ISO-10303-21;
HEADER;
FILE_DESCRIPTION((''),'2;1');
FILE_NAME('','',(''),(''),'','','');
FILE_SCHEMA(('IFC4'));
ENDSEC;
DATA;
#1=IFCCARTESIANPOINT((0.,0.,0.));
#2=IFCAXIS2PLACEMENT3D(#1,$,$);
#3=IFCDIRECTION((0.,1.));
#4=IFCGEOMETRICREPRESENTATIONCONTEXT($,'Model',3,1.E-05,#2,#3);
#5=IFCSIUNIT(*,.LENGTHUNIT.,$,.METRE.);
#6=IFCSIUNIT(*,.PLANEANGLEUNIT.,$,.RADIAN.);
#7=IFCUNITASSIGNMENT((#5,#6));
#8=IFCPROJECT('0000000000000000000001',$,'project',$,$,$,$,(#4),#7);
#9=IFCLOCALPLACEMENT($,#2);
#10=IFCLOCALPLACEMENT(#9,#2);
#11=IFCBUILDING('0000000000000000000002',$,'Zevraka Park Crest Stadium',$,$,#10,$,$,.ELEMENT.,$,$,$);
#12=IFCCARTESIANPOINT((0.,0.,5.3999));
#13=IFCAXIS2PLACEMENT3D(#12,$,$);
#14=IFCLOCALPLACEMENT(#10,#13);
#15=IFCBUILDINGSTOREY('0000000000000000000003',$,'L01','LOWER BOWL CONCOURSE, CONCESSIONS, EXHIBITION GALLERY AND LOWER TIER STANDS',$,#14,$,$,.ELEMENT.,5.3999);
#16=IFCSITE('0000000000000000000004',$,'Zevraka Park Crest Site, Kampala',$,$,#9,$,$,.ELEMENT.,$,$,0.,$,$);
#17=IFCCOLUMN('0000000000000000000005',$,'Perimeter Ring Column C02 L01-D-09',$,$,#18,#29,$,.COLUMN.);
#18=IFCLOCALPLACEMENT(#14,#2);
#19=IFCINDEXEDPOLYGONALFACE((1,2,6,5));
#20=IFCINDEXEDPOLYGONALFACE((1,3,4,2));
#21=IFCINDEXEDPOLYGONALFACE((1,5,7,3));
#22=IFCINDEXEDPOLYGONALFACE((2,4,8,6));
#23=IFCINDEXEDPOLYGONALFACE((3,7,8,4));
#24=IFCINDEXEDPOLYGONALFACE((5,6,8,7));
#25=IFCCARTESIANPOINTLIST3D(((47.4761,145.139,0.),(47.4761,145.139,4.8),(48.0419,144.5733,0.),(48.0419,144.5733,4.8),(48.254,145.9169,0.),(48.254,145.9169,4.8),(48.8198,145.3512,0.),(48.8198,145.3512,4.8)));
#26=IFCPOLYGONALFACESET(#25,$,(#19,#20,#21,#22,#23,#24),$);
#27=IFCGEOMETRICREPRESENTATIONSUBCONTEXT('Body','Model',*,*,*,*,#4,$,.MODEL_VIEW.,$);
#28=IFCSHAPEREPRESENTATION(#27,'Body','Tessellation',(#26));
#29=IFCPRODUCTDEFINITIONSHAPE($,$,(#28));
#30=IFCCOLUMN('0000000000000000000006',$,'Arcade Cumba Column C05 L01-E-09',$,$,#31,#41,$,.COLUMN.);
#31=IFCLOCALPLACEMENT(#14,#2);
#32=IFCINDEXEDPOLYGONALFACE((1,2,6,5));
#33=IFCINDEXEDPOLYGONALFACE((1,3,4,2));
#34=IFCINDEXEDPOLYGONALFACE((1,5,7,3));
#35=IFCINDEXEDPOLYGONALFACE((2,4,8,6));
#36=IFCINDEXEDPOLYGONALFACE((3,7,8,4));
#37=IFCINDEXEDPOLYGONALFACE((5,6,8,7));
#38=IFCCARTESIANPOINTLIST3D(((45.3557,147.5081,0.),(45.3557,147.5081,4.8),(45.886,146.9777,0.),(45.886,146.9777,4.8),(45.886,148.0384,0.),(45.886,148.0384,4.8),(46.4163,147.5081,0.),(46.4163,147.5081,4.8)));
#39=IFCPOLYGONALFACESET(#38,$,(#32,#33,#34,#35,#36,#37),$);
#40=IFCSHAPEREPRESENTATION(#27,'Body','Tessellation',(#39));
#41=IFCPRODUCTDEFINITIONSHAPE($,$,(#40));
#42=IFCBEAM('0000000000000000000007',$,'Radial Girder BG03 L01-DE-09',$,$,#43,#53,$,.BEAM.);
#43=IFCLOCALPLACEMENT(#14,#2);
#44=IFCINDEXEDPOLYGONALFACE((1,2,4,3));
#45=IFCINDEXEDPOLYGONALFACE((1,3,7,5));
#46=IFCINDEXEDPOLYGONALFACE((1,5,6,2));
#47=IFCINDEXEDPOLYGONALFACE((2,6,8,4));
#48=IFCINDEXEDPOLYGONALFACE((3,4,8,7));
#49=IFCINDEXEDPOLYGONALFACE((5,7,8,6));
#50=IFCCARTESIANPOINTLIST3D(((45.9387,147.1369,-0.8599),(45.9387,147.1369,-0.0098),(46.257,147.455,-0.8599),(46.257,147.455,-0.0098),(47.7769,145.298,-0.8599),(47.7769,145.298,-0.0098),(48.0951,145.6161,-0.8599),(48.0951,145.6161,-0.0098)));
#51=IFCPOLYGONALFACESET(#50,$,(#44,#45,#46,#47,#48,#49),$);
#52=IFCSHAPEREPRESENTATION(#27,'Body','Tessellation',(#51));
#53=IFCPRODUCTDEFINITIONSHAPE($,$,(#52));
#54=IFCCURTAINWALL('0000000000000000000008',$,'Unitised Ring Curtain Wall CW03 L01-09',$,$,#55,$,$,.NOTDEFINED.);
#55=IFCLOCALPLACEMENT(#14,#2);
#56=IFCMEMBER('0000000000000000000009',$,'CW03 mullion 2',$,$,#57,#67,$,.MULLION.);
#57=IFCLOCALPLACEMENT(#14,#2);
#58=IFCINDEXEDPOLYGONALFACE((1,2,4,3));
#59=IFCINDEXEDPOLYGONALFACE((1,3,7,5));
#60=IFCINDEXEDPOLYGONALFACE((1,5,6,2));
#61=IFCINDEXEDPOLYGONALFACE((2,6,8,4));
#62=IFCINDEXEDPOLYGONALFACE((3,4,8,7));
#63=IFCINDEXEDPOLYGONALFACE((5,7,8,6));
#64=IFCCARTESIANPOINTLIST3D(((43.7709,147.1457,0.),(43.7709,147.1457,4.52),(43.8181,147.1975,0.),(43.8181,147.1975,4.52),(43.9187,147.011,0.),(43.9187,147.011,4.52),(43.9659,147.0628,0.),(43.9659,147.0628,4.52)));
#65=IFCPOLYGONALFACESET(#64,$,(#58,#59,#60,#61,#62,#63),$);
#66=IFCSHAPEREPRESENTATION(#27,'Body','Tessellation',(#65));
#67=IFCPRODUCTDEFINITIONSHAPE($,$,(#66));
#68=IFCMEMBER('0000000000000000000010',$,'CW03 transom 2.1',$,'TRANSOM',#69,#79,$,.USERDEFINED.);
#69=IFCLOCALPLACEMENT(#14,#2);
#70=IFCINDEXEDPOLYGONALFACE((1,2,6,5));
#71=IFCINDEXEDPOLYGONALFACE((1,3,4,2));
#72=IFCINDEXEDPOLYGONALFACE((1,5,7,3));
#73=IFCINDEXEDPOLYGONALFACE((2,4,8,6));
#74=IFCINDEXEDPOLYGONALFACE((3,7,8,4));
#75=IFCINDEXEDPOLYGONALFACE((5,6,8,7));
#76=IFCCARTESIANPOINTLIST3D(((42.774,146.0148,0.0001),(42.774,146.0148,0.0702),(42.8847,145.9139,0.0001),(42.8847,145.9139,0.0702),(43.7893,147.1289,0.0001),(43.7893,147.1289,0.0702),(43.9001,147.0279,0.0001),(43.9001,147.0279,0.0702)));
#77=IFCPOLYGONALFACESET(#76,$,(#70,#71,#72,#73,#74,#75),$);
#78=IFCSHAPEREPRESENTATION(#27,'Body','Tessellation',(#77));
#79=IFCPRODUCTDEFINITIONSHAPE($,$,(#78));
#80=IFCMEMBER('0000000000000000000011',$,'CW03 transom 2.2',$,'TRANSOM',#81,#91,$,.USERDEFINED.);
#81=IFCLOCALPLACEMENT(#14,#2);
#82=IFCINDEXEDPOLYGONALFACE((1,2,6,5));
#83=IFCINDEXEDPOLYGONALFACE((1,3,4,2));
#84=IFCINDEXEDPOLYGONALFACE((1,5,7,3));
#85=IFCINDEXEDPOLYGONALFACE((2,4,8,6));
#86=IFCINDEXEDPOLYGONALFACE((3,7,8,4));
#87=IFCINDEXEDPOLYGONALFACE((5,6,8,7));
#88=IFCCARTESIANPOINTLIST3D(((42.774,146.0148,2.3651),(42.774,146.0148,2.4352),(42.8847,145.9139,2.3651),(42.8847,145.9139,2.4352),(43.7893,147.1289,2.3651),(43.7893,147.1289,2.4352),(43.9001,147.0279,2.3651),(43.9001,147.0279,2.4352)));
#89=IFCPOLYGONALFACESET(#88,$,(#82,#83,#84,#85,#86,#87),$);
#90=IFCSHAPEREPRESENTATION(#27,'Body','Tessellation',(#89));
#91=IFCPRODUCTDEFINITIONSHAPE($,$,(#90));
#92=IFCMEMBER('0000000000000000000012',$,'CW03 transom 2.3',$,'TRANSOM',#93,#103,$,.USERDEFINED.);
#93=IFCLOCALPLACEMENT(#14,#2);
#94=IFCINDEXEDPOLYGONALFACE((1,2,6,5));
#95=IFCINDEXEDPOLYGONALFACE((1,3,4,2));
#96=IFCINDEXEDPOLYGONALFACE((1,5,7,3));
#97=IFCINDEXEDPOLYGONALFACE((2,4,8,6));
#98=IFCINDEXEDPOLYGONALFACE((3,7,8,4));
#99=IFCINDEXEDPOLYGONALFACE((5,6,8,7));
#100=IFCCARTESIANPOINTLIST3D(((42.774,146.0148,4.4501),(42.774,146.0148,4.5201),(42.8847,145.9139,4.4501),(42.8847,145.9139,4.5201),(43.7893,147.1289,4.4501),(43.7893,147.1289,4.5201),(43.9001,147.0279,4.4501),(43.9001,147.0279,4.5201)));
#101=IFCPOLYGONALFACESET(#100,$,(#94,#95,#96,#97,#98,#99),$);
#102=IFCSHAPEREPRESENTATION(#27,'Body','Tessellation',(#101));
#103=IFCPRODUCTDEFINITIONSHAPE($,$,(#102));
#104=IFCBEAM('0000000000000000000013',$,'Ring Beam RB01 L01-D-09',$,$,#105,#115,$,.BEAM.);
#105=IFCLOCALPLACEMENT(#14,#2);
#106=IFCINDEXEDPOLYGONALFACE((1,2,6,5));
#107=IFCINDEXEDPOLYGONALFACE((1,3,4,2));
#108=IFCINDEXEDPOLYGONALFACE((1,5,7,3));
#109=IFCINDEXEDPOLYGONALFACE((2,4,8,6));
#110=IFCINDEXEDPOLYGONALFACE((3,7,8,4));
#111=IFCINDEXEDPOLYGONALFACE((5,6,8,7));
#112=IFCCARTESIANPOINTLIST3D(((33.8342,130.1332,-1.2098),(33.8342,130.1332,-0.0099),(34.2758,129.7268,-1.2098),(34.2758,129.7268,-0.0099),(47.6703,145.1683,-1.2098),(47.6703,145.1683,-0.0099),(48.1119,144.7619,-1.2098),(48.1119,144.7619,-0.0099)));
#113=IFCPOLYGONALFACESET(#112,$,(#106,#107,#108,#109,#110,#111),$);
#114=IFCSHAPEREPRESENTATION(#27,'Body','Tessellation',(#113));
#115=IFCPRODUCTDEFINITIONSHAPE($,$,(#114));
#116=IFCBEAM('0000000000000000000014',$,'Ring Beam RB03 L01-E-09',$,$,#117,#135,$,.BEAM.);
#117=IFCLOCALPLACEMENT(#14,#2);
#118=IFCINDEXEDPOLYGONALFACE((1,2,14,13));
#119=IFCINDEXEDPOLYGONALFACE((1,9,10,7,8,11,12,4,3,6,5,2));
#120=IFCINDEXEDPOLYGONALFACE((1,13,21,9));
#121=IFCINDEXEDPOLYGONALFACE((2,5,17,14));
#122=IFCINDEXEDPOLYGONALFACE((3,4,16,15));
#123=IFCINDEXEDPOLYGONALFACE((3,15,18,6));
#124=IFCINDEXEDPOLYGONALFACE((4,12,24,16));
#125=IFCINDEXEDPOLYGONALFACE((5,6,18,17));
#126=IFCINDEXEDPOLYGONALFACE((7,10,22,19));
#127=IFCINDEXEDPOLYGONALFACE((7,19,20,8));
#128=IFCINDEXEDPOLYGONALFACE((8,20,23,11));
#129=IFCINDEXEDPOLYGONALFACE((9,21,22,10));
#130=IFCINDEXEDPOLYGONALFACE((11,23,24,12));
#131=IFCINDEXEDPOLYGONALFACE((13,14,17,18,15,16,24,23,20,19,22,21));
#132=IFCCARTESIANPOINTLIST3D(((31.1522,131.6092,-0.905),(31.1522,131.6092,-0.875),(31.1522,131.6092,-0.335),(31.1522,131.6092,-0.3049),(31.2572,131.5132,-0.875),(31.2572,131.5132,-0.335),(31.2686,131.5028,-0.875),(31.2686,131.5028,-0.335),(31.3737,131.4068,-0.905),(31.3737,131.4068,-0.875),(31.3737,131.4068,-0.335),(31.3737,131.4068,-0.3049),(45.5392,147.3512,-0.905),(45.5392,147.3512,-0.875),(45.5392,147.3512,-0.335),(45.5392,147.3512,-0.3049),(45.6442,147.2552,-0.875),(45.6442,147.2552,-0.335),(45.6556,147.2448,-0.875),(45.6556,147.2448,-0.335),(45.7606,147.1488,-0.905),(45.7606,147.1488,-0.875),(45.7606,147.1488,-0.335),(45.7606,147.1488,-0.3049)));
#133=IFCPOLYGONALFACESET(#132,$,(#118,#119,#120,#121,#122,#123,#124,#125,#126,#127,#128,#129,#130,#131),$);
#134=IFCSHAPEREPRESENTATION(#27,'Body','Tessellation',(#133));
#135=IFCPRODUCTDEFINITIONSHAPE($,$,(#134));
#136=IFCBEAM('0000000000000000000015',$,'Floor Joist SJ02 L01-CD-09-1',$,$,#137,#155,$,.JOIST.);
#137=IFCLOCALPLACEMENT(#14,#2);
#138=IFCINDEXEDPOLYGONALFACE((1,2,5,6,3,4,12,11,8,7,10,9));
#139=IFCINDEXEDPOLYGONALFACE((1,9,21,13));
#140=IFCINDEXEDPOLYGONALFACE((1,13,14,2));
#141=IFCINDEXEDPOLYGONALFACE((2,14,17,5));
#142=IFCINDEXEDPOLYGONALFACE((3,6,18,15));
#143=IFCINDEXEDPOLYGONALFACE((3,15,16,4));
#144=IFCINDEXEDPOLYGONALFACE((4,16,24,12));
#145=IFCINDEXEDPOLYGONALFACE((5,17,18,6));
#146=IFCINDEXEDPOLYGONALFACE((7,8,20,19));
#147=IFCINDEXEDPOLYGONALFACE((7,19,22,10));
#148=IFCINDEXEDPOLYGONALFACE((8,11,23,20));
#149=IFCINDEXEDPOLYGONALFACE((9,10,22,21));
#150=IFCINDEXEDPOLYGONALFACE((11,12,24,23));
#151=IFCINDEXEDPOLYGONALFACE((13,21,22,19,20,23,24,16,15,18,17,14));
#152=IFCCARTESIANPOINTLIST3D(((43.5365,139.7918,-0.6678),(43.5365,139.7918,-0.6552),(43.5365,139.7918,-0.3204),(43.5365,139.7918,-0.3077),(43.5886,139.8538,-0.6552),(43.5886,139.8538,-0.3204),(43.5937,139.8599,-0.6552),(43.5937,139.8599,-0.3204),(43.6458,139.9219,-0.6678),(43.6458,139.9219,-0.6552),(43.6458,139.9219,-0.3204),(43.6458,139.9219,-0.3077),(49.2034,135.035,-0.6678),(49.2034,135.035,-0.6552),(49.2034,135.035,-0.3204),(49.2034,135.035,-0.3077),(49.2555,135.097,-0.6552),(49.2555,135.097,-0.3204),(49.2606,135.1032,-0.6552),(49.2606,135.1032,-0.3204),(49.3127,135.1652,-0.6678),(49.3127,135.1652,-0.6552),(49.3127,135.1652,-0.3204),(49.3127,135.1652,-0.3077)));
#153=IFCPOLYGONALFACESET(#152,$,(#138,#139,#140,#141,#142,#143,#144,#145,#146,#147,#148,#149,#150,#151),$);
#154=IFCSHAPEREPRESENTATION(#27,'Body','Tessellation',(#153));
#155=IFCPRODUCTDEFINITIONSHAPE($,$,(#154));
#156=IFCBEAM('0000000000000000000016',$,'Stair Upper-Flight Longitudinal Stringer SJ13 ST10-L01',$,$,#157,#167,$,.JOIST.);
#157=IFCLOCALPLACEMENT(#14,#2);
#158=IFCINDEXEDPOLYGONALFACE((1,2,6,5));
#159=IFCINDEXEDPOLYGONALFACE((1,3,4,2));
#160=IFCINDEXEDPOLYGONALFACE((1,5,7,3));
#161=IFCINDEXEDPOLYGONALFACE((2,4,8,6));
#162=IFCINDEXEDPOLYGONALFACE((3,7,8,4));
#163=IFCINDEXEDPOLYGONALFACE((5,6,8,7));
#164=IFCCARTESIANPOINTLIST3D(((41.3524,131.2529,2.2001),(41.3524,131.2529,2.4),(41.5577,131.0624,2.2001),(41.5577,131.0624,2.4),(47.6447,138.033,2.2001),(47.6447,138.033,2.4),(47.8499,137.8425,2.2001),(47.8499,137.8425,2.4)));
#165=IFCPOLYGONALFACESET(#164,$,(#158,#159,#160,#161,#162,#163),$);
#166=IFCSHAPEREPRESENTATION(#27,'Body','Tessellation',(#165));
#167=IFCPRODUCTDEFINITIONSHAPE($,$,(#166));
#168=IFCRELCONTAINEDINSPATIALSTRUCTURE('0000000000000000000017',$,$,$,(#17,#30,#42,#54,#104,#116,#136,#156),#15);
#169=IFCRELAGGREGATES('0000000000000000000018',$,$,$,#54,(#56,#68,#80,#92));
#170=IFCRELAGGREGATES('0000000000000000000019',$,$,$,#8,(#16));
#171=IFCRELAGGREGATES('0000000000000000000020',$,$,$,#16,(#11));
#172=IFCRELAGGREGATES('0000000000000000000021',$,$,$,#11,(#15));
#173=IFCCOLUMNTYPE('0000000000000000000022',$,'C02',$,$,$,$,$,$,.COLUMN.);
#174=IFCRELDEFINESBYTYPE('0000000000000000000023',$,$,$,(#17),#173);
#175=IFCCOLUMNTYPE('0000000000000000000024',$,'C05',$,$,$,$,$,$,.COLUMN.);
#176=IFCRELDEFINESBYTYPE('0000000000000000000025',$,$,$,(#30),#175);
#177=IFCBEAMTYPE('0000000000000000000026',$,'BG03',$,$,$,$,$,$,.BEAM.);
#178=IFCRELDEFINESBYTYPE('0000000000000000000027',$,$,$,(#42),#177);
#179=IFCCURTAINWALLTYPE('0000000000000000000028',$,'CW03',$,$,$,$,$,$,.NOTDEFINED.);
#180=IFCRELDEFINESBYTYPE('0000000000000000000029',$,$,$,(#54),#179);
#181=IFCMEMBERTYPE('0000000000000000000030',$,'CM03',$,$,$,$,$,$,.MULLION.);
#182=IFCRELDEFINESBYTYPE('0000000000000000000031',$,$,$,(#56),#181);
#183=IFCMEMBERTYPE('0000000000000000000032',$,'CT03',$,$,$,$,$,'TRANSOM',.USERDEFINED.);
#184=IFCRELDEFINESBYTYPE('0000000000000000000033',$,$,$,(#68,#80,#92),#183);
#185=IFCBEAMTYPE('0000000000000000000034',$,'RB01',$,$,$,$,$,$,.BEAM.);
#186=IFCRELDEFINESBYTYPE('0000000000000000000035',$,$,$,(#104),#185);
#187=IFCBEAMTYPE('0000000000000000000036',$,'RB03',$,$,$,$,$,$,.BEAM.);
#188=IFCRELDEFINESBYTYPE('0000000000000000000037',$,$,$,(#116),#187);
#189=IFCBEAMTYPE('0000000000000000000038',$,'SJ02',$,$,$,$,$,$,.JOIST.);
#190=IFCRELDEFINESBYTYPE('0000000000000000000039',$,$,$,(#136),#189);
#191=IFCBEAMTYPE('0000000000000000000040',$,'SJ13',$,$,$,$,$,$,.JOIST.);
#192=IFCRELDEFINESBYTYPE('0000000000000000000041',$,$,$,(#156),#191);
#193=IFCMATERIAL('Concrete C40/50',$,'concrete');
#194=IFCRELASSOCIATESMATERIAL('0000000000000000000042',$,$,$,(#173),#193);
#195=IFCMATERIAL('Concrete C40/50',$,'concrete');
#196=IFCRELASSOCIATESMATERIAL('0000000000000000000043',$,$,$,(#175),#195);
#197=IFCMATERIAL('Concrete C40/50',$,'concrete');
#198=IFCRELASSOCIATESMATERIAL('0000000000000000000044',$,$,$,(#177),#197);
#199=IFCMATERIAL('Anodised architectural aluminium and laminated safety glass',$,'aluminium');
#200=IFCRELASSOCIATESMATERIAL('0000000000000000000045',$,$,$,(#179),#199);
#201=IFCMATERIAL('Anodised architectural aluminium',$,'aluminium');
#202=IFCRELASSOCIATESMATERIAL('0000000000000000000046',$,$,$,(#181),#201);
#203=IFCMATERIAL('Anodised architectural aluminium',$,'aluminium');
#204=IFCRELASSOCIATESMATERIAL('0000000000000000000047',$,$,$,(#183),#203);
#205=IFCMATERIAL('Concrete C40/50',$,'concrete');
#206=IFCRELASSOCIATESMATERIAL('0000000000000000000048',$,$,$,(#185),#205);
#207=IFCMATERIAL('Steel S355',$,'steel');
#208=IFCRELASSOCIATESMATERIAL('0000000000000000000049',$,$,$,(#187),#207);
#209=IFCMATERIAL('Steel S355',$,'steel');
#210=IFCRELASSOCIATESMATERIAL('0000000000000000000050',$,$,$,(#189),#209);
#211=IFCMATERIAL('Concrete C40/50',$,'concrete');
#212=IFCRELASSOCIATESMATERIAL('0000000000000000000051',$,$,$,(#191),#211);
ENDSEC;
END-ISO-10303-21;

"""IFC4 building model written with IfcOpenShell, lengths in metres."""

from ifc_helpers import new_model, si_unit, direction, frame, origin, origin_2d, place, context, subcontext, project, spatial, rectangle, i_section, extrude, material, material_profile, profile_set, type_object, element, aggregate, save


model = new_model("IFC4")

# Units and contexts
model_context = context("Model", 3, precision=1e-05, world=origin(), true_north=direction((0.0, 1.0)))
body_context = subcontext(model_context, "Body", "Model", "MODEL_VIEW")
ifc_project = project(units=[si_unit("LENGTHUNIT", "METRE"), si_unit("PLANEANGLEUNIT", "RADIAN")], contexts=[model_context])

# Site, building, storey
site_placement = place(None, origin())
site = spatial("IfcSite", under=ifc_project, at=site_placement, Name="Zevraka Park Crest Site, Kampala", CompositionType="ELEMENT", RefElevation=0.0)
building_placement = place(site_placement, origin())
building = spatial("IfcBuilding", under=site, at=building_placement, Name="Zevraka Park Crest Stadium", CompositionType="ELEMENT")
storey_placement = place(building_placement, frame((0.0, 0.0, 5.3999)))
storey = spatial("IfcBuildingStorey", under=building, at=storey_placement, Name="L01", Description="LOWER BOWL CONCOURSE, CONCESSIONS, EXHIBITION GALLERY AND LOWER TIER STANDS", CompositionType="ELEMENT", Elevation=5.3999)

# Columns
ifc_material_1 = material(Name="Concrete C40/50", Category="concrete")
ifc_material_profile_1 = material_profile(ifc_material_1, rectangle(XDim=0.8, YDim=1.1001, at=origin_2d()), Name="RC 1100x800")
ifc_profile_set_1 = profile_set([ifc_material_profile_1], Name="Concrete C40/50")
column_type_1 = type_object("IfcColumnType", Name="C02", PredefinedType="COLUMN", material=ifc_profile_set_1)
column_1_placement = place(storey_placement, frame((48.1479, 145.2451, 0.0), z_axis=(0.0, 0.0, 1.0), x_axis=(-0.707107, 0.707107, 0.0)))
element("IfcColumn", 1, at=column_1_placement, inside=storey, type_object=column_type_1, Name="Perimeter Ring Column C02 L01-D-09", PredefinedType="COLUMN", context=body_context, shape_type="SweptSolid", body=[
    extrude(rectangle(XDim=0.8, YDim=1.1001, at=origin_2d()), origin(), (0.0, 0.0, 1.0), 4.8),
])
ifc_material_2 = material(Name="Concrete C40/50", Category="concrete")
ifc_material_profile_2 = material_profile(ifc_material_2, rectangle(XDim=0.75, YDim=0.75, at=origin_2d()), Name="RC 750x750")
ifc_profile_set_2 = profile_set([ifc_material_profile_2], Name="Concrete C40/50")
column_type_2 = type_object("IfcColumnType", Name="C05", PredefinedType="COLUMN", material=ifc_profile_set_2)
column_2_placement = place(storey_placement, frame((45.886, 147.5081, 0.0), z_axis=(0.0, 0.0, 1.0), x_axis=(-0.707107, 0.707107, 0.0)))
element("IfcColumn", 2, at=column_2_placement, inside=storey, type_object=column_type_2, Name="Arcade Cumba Column C05 L01-E-09", PredefinedType="COLUMN", context=body_context, shape_type="SweptSolid", body=[
    extrude(rectangle(XDim=0.75, YDim=0.75, at=origin_2d()), origin(), (0.0, 0.0, 1.0), 4.8),
])

# Beam
ifc_material_3 = material(Name="Concrete C40/50", Category="concrete")
ifc_material_profile_3 = material_profile(ifc_material_3, rectangle(XDim=0.45, YDim=0.8501, at=origin_2d()), Name="RC 850x450")
ifc_profile_set_3 = profile_set([ifc_material_profile_3], Name="Concrete C40/50")
beam_type_1 = type_object("IfcBeamType", Name="BG03", PredefinedType="BEAM", material=ifc_profile_set_3)
beam_1_placement = place(storey_placement, frame((47.936, 145.457, -0.4348), z_axis=(-0.706966, 0.707248, 0.0), x_axis=(-0.707248, -0.706966, 0.0)))
element("IfcBeam", 3, at=beam_1_placement, inside=storey, type_object=beam_type_1, Name="Radial Girder BG03 L01-DE-09", PredefinedType="BEAM", context=body_context, shape_type="SweptSolid", body=[
    extrude(rectangle(XDim=0.45, YDim=0.8501, at=origin_2d()), origin(), (0.0, 0.0, 1.0), 2.6001),
])

# Curtain wall, members
ifc_material_4 = material(Name="Anodised architectural aluminium and laminated safety glass", Category="aluminium")
curtain_wall_type = type_object("IfcCurtainWallType", Name="CW03", PredefinedType="NOTDEFINED", material=ifc_material_4)
curtain_wall_placement = place(storey_placement, origin())
curtain_wall = element("IfcCurtainWall", 4, at=curtain_wall_placement, inside=storey, type_object=curtain_wall_type, Name="Unitised Ring Curtain Wall CW03 L01-09", PredefinedType="NOTDEFINED")
ifc_material_5 = material(Name="Anodised architectural aluminium", Category="aluminium")
ifc_material_profile_4 = material_profile(ifc_material_5, rectangle(XDim=0.2, YDim=0.0701, at=origin_2d()), Name="ALU MULLION 200x70")
ifc_profile_set_4 = profile_set([ifc_material_profile_4], Name="Anodised architectural aluminium")
member_type_1 = type_object("IfcMemberType", Name="CM03", PredefinedType="MULLION", material=ifc_profile_set_4)
member_1_placement = place(storey_placement, frame((43.8684, 147.1042, 0.0), z_axis=(0.0, 0.0, 1.0), x_axis=(0.739023, -0.67368, 0.0)))
member_1 = element("IfcMember", 5, at=member_1_placement, type_object=member_type_1, Name="CW03 mullion 2", PredefinedType="MULLION", context=body_context, shape_type="SweptSolid", body=[
    extrude(rectangle(XDim=0.2, YDim=0.0701, at=origin_2d()), origin(), (0.0, 0.0, 1.0), 4.52),
])
ifc_material_6 = material(Name="Anodised architectural aluminium", Category="aluminium")
ifc_material_profile_5 = material_profile(ifc_material_6, rectangle(XDim=0.1499, YDim=0.0701, at=origin_2d()), Name="ALU TRANSOM 150x70")
ifc_profile_set_5 = profile_set([ifc_material_profile_5], Name="Anodised architectural aluminium")
member_type_2 = type_object("IfcMemberType", Name="CT03", ElementType="TRANSOM", PredefinedType="USERDEFINED", material=ifc_profile_set_5)
member_2_placement = place(storey_placement, frame((43.8447, 147.0784, 0.0352), z_axis=(-0.673632, -0.739067, 0.0), x_axis=(0.739067, -0.673632, 0.0)))
member_2 = element("IfcMember", 6, at=member_2_placement, type_object=member_type_2, Name="CW03 transom 2.1", ObjectType="TRANSOM", PredefinedType="USERDEFINED", context=body_context, shape_type="SweptSolid", body=[
    extrude(rectangle(XDim=0.1499, YDim=0.0701, at=origin_2d()), origin(), (0.0, 0.0, 1.0), 1.5073),
])
member_3_placement = place(storey_placement, frame((43.8447, 147.0784, 2.4001), z_axis=(-0.673632, -0.739067, 0.0), x_axis=(0.739067, -0.673632, 0.0)))
member_3 = element("IfcMember", 7, at=member_3_placement, type_object=member_type_2, Name="CW03 transom 2.2", ObjectType="TRANSOM", PredefinedType="USERDEFINED", context=body_context, shape_type="SweptSolid", body=[
    extrude(rectangle(XDim=0.1499, YDim=0.0701, at=origin_2d()), origin(), (0.0, 0.0, 1.0), 1.5073),
])
member_4_placement = place(storey_placement, frame((43.8447, 147.0784, 4.4851), z_axis=(-0.673632, -0.739067, 0.0), x_axis=(0.739067, -0.673632, 0.0)))
member_4 = element("IfcMember", 8, at=member_4_placement, type_object=member_type_2, Name="CW03 transom 2.3", ObjectType="TRANSOM", PredefinedType="USERDEFINED", context=body_context, shape_type="SweptSolid", body=[
    extrude(rectangle(XDim=0.1499, YDim=0.0701, at=origin_2d()), origin(), (0.0, 0.0, 1.0), 1.5073),
])

# Beams
ifc_material_7 = material(Name="Concrete C40/50", Category="concrete")
ifc_material_profile_6 = material_profile(ifc_material_7, rectangle(XDim=0.6001, YDim=1.2, at=origin_2d()), Name="RC 1200x600")
ifc_profile_set_6 = profile_set([ifc_material_profile_6], Name="Concrete C40/50")
beam_type_2 = type_object("IfcBeamType", Name="RB01", PredefinedType="BEAM", material=ifc_profile_set_6)
beam_2_placement = place(storey_placement, frame((47.8911, 144.9651, -0.6099), z_axis=(-0.677158, -0.735837, 0.0), x_axis=(0.735837, -0.677158, 0.0)))
element("IfcBeam", 9, at=beam_2_placement, inside=storey, type_object=beam_type_2, Name="Ring Beam RB01 L01-D-09", PredefinedType="BEAM", context=body_context, shape_type="SweptSolid", body=[
    extrude(rectangle(XDim=0.6001, YDim=1.2, at=origin_2d()), origin(), (0.0, 0.0, 1.0), 20.4326),
])
ifc_material_8 = material(Name="Steel S355", Category="steel")
ifc_material_profile_7 = material_profile(ifc_material_8, i_section(OverallWidth=0.3, OverallDepth=0.6001, WebThickness=0.0154, FlangeThickness=0.03, at=origin_2d()), Name="HEB 600")
ifc_profile_set_7 = profile_set([ifc_material_profile_7], Name="Steel S355")
beam_type_3 = type_object("IfcBeamType", Name="RB03", PredefinedType="BEAM", material=ifc_profile_set_7)
beam_3_placement = place(storey_placement, frame((45.6499, 147.25, -0.605), z_axis=(-0.674624, -0.738161, 0.0), x_axis=(0.738161, -0.674624, 0.0)))
element("IfcBeam", 10, at=beam_3_placement, inside=storey, type_object=beam_type_3, Name="Ring Beam RB03 L01-E-09", PredefinedType="BEAM", context=body_context, shape_type="SweptSolid", body=[
    extrude(i_section(OverallWidth=0.3, OverallDepth=0.6001, WebThickness=0.0154, FlangeThickness=0.03, at=origin_2d()), origin(), (0.0, 0.0, 1.0), 21.3259),
])
ifc_material_9 = material(Name="Steel S355", Category="steel")
ifc_material_profile_8 = material_profile(ifc_material_9, i_section(OverallWidth=0.1699, OverallDepth=0.3601, WebThickness=0.0081, FlangeThickness=0.0127, at=origin_2d()), Name="IPE 360")
ifc_profile_set_8 = profile_set([ifc_material_profile_8], Name="Steel S355")
beam_type_4 = type_object("IfcBeamType", Name="SJ02", PredefinedType="JOIST", material=ifc_profile_set_8)
beam_4_placement = place(storey_placement, frame((49.2581, 135.1001, -0.4878), z_axis=(-0.765934, 0.64292, 0.0), x_axis=(-0.64292, -0.765934, 0.0)))
element("IfcBeam", 11, at=beam_4_placement, inside=storey, type_object=beam_type_4, Name="Floor Joist SJ02 L01-CD-09-1", PredefinedType="JOIST", context=body_context, shape_type="SweptSolid", body=[
    extrude(i_section(OverallWidth=0.1699, OverallDepth=0.3601, WebThickness=0.0081, FlangeThickness=0.0127, at=origin_2d()), origin(), (0.0, 0.0, 1.0), 7.3987),
])
ifc_material_10 = material(Name="Concrete C40/50", Category="concrete")
ifc_material_profile_9 = material_profile(ifc_material_10, rectangle(XDim=0.28, YDim=0.2, at=origin_2d()), Name="RC 200x280")
ifc_profile_set_9 = profile_set([ifc_material_profile_9], Name="Concrete C40/50")
beam_type_5 = type_object("IfcBeamType", Name="SJ13", PredefinedType="JOIST", material=ifc_profile_set_9)
beam_5_placement = place(storey_placement, frame((47.7473, 137.9377, 2.3), z_axis=(-0.680248, -0.732982, 0.0), x_axis=(0.732982, -0.680248, 0.0)))
element("IfcBeam", 12, at=beam_5_placement, inside=storey, type_object=beam_type_5, Name="Stair Upper-Flight Longitudinal Stringer SJ13 ST10-L01", PredefinedType="JOIST", context=body_context, shape_type="SweptSolid", body=[
    extrude(rectangle(XDim=0.28, YDim=0.2, at=origin_2d()), origin(), (0.0, 0.0, 1.0), 9.25),
])

aggregate(curtain_wall, [member_1, member_2, member_3, member_4])

save(model, "model.ifc")
